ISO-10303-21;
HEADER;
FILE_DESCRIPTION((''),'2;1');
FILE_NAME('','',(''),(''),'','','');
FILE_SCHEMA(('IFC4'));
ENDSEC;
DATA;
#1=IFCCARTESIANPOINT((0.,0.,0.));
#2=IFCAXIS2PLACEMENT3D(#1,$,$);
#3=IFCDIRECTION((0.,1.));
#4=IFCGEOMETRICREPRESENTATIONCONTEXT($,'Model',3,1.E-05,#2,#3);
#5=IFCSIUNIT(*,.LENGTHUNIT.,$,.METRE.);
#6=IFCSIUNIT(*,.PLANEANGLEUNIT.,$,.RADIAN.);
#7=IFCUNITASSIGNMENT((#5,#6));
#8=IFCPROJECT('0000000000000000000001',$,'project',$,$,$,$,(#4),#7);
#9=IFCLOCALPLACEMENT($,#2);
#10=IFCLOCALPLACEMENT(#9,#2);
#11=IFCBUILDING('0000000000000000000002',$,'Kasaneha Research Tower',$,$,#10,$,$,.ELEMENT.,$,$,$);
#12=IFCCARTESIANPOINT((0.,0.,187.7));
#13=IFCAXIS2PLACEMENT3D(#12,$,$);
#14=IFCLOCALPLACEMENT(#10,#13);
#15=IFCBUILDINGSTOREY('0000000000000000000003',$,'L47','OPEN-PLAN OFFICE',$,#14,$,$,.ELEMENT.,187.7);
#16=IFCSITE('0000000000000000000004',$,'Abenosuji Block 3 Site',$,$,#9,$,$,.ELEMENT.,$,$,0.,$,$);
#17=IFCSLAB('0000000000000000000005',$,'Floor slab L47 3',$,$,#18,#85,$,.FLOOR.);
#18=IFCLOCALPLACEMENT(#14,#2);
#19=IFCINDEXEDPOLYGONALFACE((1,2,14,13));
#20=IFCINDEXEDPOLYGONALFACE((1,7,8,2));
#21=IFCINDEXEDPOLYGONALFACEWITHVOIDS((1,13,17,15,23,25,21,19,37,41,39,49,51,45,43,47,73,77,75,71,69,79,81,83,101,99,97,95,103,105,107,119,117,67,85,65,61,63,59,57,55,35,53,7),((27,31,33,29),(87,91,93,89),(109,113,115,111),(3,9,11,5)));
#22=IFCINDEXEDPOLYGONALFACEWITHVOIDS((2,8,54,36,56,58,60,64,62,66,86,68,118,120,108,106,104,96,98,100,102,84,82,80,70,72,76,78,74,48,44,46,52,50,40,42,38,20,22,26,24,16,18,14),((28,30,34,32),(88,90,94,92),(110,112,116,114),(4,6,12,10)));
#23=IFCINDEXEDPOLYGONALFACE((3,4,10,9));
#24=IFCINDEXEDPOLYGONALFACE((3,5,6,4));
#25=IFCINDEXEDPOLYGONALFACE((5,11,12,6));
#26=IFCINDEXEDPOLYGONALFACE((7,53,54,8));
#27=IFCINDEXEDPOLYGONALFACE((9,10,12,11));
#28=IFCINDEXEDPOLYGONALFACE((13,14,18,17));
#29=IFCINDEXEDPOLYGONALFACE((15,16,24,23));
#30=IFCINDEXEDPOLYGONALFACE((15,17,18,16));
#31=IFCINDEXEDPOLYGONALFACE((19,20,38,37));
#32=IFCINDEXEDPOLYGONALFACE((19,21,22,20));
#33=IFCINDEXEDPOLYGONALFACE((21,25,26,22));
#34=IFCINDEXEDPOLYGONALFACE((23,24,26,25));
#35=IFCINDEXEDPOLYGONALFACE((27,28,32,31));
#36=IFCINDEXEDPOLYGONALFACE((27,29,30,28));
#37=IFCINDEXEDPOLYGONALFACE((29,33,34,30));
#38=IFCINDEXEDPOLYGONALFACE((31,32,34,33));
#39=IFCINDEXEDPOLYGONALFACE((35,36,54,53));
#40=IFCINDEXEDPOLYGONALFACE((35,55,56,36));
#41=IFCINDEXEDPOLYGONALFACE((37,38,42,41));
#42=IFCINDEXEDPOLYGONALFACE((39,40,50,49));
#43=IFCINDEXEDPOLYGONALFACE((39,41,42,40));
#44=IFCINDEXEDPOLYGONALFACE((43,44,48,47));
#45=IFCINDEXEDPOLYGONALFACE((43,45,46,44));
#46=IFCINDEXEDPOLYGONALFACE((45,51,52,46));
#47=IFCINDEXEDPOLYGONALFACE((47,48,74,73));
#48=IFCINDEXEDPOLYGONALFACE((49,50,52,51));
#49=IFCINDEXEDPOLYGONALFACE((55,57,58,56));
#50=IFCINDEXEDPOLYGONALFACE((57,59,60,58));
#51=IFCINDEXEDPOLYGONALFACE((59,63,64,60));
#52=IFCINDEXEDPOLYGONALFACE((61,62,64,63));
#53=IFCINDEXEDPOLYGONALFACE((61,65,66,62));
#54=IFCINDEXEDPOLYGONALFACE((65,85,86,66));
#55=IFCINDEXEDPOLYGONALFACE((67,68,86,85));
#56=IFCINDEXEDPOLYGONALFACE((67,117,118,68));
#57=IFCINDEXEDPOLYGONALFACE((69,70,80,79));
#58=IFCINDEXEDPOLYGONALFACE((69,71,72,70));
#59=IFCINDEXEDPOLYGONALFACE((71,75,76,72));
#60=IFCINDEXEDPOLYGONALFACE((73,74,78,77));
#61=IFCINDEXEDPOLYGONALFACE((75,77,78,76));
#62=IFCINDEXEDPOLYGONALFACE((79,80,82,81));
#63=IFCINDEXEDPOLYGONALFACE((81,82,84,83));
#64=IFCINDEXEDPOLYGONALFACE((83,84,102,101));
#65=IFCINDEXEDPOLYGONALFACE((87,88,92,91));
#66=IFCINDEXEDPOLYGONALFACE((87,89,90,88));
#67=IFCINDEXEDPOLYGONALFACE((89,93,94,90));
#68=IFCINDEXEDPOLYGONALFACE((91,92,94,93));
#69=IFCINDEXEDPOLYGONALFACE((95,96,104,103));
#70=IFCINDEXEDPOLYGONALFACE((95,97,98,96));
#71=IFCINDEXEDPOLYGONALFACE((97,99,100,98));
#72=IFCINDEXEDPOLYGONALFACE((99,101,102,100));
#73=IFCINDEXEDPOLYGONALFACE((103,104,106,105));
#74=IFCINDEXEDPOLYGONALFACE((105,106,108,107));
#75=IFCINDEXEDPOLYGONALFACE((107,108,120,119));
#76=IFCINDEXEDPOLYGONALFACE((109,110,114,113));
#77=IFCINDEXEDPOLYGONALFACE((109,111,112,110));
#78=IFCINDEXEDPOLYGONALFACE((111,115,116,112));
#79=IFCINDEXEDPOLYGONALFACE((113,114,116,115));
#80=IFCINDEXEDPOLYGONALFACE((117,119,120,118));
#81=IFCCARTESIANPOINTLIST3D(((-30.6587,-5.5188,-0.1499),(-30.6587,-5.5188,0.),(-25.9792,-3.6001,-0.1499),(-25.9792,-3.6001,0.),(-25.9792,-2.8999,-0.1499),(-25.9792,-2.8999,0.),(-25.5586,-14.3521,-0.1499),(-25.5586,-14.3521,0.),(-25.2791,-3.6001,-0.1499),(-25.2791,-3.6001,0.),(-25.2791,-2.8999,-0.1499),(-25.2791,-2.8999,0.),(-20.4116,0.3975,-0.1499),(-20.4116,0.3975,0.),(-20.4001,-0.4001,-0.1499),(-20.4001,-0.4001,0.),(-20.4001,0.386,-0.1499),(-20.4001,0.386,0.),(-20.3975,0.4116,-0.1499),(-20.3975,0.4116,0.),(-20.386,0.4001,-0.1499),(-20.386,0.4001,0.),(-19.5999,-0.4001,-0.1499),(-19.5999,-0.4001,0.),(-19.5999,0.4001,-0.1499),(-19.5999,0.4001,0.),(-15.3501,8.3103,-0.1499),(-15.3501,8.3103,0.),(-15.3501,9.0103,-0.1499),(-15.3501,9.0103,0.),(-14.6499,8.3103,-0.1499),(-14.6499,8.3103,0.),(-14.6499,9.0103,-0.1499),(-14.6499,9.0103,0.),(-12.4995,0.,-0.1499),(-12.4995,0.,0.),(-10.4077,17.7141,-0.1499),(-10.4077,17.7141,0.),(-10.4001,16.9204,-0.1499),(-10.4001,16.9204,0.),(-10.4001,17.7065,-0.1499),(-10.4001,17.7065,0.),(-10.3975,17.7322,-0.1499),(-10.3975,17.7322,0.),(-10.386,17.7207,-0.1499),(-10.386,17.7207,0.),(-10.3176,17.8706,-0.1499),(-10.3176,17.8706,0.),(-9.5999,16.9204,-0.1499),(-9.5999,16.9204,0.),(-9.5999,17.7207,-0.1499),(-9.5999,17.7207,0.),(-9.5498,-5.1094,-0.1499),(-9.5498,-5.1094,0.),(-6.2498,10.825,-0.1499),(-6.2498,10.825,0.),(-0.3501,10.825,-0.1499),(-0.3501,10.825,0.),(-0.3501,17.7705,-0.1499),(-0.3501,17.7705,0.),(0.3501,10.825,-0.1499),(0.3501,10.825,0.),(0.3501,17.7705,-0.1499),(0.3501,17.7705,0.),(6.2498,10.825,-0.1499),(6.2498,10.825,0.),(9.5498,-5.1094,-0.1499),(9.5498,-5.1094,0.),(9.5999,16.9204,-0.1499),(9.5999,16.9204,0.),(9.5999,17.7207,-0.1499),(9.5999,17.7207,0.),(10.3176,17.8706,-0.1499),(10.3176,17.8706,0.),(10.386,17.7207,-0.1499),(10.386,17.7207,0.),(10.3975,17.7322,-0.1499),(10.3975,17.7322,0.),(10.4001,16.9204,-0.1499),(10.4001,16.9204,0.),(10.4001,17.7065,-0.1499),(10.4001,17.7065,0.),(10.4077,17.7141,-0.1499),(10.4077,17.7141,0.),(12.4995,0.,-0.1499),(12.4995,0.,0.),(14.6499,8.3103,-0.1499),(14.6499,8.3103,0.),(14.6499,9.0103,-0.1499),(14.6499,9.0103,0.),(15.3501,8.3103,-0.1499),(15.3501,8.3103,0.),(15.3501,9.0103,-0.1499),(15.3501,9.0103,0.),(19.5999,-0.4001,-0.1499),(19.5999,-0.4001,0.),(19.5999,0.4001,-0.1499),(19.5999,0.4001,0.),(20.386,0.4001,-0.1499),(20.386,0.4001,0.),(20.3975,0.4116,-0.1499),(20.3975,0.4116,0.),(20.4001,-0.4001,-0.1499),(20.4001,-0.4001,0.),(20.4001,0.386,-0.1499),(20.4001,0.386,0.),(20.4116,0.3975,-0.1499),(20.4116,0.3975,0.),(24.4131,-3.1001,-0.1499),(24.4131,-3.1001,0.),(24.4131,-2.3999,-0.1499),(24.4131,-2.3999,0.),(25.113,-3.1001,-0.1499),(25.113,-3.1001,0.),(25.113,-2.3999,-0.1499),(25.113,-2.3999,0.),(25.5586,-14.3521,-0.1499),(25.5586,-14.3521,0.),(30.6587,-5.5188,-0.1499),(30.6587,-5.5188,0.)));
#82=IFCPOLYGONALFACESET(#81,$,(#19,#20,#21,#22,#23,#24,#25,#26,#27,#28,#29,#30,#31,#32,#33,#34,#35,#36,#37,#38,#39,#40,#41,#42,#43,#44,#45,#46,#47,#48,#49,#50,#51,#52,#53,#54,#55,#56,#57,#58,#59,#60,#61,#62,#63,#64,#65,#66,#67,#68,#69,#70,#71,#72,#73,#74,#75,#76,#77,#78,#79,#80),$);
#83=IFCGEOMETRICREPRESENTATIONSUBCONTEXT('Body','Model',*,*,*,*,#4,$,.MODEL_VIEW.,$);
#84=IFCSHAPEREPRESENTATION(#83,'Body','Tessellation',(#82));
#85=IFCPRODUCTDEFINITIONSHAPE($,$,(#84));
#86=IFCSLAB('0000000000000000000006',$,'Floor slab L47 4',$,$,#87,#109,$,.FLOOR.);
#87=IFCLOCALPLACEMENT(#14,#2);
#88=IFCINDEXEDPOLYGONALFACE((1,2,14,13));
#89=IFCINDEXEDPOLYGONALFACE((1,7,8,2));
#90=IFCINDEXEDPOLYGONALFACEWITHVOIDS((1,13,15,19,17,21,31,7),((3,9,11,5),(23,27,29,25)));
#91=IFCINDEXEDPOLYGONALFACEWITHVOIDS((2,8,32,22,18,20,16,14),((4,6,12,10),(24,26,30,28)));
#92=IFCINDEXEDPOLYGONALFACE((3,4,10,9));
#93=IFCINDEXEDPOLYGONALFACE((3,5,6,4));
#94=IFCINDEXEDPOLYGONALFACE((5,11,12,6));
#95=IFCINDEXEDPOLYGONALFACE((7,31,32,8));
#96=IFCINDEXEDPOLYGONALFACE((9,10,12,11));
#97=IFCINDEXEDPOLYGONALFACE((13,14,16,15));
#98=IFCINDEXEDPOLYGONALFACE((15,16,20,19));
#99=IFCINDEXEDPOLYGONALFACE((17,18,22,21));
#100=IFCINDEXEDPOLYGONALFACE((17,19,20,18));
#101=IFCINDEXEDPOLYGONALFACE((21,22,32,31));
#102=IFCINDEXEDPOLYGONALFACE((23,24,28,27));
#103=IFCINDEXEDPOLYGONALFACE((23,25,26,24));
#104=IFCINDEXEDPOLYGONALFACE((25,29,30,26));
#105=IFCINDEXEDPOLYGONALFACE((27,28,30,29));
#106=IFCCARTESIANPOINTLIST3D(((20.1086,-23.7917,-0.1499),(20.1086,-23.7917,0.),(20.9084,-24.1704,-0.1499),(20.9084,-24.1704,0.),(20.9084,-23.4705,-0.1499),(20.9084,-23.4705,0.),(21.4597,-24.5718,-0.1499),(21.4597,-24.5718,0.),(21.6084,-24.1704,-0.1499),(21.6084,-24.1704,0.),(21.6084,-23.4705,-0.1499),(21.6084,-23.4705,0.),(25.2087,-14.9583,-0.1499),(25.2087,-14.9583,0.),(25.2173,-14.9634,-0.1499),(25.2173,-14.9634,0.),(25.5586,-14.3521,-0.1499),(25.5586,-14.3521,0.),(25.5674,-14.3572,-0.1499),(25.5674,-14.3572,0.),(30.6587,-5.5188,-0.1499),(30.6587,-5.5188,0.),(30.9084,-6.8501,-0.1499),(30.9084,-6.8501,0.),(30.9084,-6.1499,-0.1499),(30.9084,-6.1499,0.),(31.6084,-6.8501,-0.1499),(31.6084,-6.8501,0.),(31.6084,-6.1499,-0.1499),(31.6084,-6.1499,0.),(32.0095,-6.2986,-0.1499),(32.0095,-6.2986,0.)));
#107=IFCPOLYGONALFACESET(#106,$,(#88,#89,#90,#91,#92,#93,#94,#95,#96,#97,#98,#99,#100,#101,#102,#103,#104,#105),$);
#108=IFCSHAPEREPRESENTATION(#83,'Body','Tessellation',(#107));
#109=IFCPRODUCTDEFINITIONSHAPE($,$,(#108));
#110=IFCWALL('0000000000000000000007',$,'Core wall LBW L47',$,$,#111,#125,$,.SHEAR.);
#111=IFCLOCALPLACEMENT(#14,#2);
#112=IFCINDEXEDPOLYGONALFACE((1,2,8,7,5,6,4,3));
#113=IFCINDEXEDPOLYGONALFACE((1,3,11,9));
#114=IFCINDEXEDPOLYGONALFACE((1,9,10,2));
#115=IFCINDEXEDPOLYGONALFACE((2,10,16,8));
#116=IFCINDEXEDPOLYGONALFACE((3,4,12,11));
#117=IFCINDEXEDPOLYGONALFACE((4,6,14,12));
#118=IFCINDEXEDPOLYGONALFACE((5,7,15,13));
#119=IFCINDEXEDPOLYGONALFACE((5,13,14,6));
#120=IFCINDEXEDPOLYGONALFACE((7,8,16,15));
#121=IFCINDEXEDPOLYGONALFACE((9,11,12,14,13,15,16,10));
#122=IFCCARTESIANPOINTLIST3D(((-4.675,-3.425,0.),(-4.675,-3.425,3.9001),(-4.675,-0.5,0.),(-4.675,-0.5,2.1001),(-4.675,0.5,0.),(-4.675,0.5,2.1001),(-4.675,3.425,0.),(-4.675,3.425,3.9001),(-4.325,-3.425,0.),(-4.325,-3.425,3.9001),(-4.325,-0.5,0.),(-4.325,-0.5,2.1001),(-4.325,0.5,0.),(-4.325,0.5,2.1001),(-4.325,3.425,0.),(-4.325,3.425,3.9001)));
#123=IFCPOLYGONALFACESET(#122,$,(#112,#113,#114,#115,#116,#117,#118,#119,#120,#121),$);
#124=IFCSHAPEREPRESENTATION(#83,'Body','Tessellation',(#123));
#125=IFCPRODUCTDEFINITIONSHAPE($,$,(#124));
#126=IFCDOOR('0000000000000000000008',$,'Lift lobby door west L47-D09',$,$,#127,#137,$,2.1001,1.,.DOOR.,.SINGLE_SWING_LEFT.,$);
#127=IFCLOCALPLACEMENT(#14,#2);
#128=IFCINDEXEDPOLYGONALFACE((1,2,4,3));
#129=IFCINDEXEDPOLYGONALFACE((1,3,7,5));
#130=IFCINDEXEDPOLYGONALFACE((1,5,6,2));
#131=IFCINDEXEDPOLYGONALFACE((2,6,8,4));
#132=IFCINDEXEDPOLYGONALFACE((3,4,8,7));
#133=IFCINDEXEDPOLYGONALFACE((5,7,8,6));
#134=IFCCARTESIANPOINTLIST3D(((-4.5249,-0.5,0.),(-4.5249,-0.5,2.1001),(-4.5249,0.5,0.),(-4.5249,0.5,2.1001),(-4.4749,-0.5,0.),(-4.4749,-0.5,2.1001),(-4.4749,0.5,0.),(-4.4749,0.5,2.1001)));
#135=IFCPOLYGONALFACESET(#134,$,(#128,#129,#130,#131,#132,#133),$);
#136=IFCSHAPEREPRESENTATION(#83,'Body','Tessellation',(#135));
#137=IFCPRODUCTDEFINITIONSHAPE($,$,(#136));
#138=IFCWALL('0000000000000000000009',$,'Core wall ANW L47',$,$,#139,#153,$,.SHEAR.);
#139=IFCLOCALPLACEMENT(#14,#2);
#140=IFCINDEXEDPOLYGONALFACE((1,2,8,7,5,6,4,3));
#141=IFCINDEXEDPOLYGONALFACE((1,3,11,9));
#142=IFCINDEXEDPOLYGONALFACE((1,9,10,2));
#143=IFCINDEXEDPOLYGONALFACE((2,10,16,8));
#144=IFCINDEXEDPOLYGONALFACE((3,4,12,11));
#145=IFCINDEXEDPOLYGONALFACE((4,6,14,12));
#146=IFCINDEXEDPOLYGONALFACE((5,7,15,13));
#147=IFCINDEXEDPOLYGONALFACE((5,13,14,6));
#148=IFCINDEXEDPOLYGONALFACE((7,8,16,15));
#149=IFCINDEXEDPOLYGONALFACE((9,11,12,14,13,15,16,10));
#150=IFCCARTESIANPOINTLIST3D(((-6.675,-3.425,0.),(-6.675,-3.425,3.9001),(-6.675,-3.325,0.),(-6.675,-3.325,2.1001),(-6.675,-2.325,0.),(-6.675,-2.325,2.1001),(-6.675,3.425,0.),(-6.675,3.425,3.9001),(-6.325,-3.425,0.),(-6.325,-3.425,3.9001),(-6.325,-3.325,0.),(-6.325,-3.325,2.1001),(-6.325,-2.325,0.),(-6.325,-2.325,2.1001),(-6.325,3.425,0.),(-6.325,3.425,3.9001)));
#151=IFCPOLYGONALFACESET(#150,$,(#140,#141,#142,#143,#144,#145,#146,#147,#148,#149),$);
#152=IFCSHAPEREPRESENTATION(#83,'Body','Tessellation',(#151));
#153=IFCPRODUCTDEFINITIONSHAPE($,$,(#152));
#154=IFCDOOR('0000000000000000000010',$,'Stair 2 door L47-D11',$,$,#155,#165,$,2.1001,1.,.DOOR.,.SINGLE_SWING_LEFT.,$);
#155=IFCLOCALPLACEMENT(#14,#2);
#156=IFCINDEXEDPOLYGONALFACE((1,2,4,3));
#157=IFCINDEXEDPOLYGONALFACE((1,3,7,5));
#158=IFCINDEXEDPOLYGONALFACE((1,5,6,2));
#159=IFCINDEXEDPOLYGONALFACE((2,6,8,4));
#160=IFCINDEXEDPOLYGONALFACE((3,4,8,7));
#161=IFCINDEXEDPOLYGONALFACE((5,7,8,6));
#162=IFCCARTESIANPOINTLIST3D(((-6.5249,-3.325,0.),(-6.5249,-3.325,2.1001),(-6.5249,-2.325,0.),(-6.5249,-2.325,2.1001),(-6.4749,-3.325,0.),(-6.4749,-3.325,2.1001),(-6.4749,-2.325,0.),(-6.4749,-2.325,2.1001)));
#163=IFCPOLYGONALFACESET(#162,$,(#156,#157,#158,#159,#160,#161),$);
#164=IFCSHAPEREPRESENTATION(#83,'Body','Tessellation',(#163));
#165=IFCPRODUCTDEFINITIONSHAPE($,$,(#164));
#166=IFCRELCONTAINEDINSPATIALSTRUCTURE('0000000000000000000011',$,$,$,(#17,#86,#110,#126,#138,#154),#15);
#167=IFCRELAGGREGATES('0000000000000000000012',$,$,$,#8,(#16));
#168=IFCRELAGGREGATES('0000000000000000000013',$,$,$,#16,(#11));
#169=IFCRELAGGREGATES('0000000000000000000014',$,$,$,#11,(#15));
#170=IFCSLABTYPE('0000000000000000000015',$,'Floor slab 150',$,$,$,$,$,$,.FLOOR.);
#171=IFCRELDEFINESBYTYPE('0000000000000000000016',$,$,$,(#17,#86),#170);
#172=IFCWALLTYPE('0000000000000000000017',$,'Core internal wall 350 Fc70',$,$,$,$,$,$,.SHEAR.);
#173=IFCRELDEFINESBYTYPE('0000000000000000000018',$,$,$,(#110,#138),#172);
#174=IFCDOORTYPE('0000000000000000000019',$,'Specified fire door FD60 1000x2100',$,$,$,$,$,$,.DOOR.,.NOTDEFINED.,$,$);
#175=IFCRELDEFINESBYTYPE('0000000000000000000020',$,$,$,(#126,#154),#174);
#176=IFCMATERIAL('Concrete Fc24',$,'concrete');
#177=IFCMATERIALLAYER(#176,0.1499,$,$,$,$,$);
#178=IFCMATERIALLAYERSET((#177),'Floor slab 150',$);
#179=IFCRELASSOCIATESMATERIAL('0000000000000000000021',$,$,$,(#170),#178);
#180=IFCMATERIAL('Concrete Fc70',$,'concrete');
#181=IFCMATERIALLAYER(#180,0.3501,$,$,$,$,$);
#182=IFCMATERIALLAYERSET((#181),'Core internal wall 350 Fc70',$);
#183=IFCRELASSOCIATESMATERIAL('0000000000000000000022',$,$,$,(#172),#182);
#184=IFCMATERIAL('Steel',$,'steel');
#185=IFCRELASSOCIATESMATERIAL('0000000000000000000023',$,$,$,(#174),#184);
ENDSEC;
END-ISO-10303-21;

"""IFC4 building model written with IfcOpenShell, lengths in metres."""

from ifc_helpers import new_model, si_unit, direction, frame, frame_2d, origin, place, context, subcontext, project, spatial, polyline, rectangle, outline, extrude, material, layer, layer_set, type_object, element, fill, save


model = new_model("IFC4")

# Units and contexts
model_context = context("Model", 3, precision=1e-05, world=origin(), true_north=direction((0.0, 1.0)))
body_context = subcontext(model_context, "Body", "Model", "MODEL_VIEW")
ifc_project = project(units=[si_unit("LENGTHUNIT", "METRE"), si_unit("PLANEANGLEUNIT", "RADIAN")], contexts=[model_context])

# Site, building, storey
site_placement = place(None, origin())
site = spatial("IfcSite", under=ifc_project, at=site_placement, Name="Abenosuji Block 3 Site", CompositionType="ELEMENT", RefElevation=0.0)
building_placement = place(site_placement, origin())
building = spatial("IfcBuilding", under=site, at=building_placement, Name="Kasaneha Research Tower", CompositionType="ELEMENT")
storey_placement = place(building_placement, frame((0.0, 0.0, 187.7)))
storey = spatial("IfcBuildingStorey", under=building, at=storey_placement, Name="L47", Description="OPEN-PLAN OFFICE", CompositionType="ELEMENT", Elevation=187.7)

# Slabs
ifc_material_1 = material(Name="Concrete Fc24", Category="concrete")
ifc_layer_1 = layer(ifc_material_1, 0.1499)
ifc_layer_set_1 = layer_set([ifc_layer_1], Name="Floor slab 150")
slab_type_1 = type_object("IfcSlabType", Name="Floor slab 150", PredefinedType="FLOOR", material=ifc_layer_set_1)
slab_1_placement = place(storey_placement, frame((0.0, 0.0, -0.1499)))
element("IfcSlab", 1, at=slab_1_placement, inside=storey, type_object=slab_type_1, Name="Floor slab L47 3", PredefinedType="FLOOR", context=body_context, shape_type="SweptSolid", body=[
    extrude(outline(polyline([(-20.4001, -0.4001), (-19.5999, -0.4001), (-19.5999, 0.4001), (-20.386, 0.4001), (-20.3975, 0.4116), (-10.4077, 17.7141), (-10.4001, 17.7065), (-10.4001, 16.9204), (-9.5999, 16.9204), (-9.5999, 17.7207), (-10.386, 17.7207), (-10.3975, 17.7322), (-10.3176, 17.8706), (10.3176, 17.8706), (10.3975, 17.7322), (10.386, 17.7207), (9.5999, 17.7207), (9.5999, 16.9204), (10.4001, 16.9204), (10.4001, 17.7065), (10.4077, 17.7141), (20.3975, 0.4116), (20.386, 0.4001), (19.5999, 0.4001), (19.5999, -0.4001), (20.4001, -0.4001), (20.4001, 0.386), (20.4116, 0.3975), (30.6587, -5.5188), (25.5586, -14.3521), (9.5498, -5.1094), (12.4995, 0.0), (6.2498, 10.825), (0.3501, 10.825), (0.3501, 17.7705), (-0.3501, 17.7705), (-0.3501, 10.825), (-6.2498, 10.825), (-12.4995, 0.0), (-9.5498, -5.1094), (-25.5586, -14.3521), (-30.6587, -5.5188), (-20.4116, 0.3975), (-20.4001, 0.386), (-20.4001, -0.4001)]), holes=[polyline([(-25.2791, -3.6001), (-25.2791, -2.8999), (-25.9792, -2.8999), (-25.9792, -3.6001), (-25.2791, -3.6001)]), polyline([(-15.3501, 8.3103), (-14.6499, 8.3103), (-14.6499, 9.0103), (-15.3501, 9.0103), (-15.3501, 8.3103)]), polyline([(24.4131, -3.1001), (25.113, -3.1001), (25.113, -2.3999), (24.4131, -2.3999), (24.4131, -3.1001)]), polyline([(14.6499, 8.3103), (15.3501, 8.3103), (15.3501, 9.0103), (14.6499, 9.0103), (14.6499, 8.3103)])]), origin(), (0.0, 0.0, 1.0), 0.1499),
])
slab_2_placement = place(storey_placement, frame((0.0, 0.0, -0.1499)))
element("IfcSlab", 2, at=slab_2_placement, inside=storey, type_object=slab_type_1, Name="Floor slab L47 4", PredefinedType="FLOOR", context=body_context, shape_type="SweptSolid", body=[
    extrude(outline(polyline([(32.0095, -6.2986), (21.4597, -24.5718), (20.1086, -23.7917), (25.2087, -14.9583), (25.2173, -14.9634), (25.5674, -14.3572), (25.5586, -14.3521), (30.6587, -5.5188), (32.0095, -6.2986)]), holes=[polyline([(21.6084, -24.1704), (21.6084, -23.4705), (20.9084, -23.4705), (20.9084, -24.1704), (21.6084, -24.1704)]), polyline([(31.6084, -6.8501), (31.6084, -6.1499), (30.9084, -6.1499), (30.9084, -6.8501), (31.6084, -6.8501)])]), origin(), (0.0, 0.0, 1.0), 0.1499),
])

# Shared definitions
ifc_material_2 = material(Name="Concrete Fc70", Category="concrete")
ifc_layer_2 = layer(ifc_material_2, 0.3501)
ifc_layer_set_2 = layer_set([ifc_layer_2], Name="Core internal wall 350 Fc70")
wall_type = type_object("IfcWallType", Name="Core internal wall 350 Fc70", PredefinedType="SHEAR", material=ifc_layer_set_2)

# Walls, openings, doors
wall_1_placement = place(storey_placement, frame((-4.5, -3.425, 0.0), z_axis=(0.0, 0.0, 1.0), x_axis=(0.0, 1.0, 0.0)))
wall_1 = element("IfcWall", 3, at=wall_1_placement, inside=storey, type_object=wall_type, Name="Core wall LBW L47", PredefinedType="SHEAR", context=body_context, shape_type="SweptSolid", body=[
    extrude(rectangle(XDim=6.8501, YDim=0.3501, at=frame_2d((3.425, 0.0))), origin(), (0.0, 0.0, 1.0), 3.9001),
])
opening_1_placement = place(wall_1_placement, frame((2.925, 0.0, 0.0)))
opening_1 = element("IfcOpeningElement", 4, at=opening_1_placement, cuts=wall_1, PredefinedType="OPENING", context=body_context, shape_type="SweptSolid", body=[
    extrude(rectangle(XDim=1.0, YDim=2.1001, at=frame_2d((0.5, 1.05))), frame((0.0, 0.1851, 0.0), z_axis=(0.0, -1.0, 0.0), x_axis=(1.0, 0.0, 0.0)), (0.0, 0.0, 1.0), 0.3701),
])
ifc_material_3 = material(Name="Steel", Category="steel")
door_type_1 = type_object("IfcDoorType", Name="Specified fire door FD60 1000x2100", OperationType="NOTDEFINED", PredefinedType="DOOR", material=ifc_material_3)
door_1_placement = place(opening_1_placement, origin())
door_1 = element("IfcDoor", 5, at=door_1_placement, inside=storey, type_object=door_type_1, Name="Lift lobby door west L47-D09", OperationType="SINGLE_SWING_LEFT", OverallHeight=2.1001, OverallWidth=1.0, PredefinedType="DOOR", context=body_context, shape_type="SweptSolid", body=[
    extrude(rectangle(XDim=1.0, YDim=2.1001, at=frame_2d((0.5, 1.05))), frame((0.0, 0.0249, 0.0), z_axis=(0.0, -1.0, 0.0), x_axis=(1.0, 0.0, 0.0)), (0.0, 0.0, 1.0), 0.05),
])
fill(opening_1, door_1)
wall_2_placement = place(storey_placement, frame((-6.5, -3.425, 0.0), z_axis=(0.0, 0.0, 1.0), x_axis=(0.0, 1.0, 0.0)))
wall_2 = element("IfcWall", 6, at=wall_2_placement, inside=storey, type_object=wall_type, Name="Core wall ANW L47", PredefinedType="SHEAR", context=body_context, shape_type="SweptSolid", body=[
    extrude(rectangle(XDim=6.8501, YDim=0.3501, at=frame_2d((3.425, 0.0))), origin(), (0.0, 0.0, 1.0), 3.9001),
])
opening_2_placement = place(wall_2_placement, frame((0.1001, 0.0, 0.0)))
opening_2 = element("IfcOpeningElement", 7, at=opening_2_placement, cuts=wall_2, PredefinedType="OPENING", context=body_context, shape_type="SweptSolid", body=[
    extrude(rectangle(XDim=1.0, YDim=2.1001, at=frame_2d((0.5, 1.05))), frame((0.0, 0.1851, 0.0), z_axis=(0.0, -1.0, 0.0), x_axis=(1.0, 0.0, 0.0)), (0.0, 0.0, 1.0), 0.3701),
])
door_2_placement = place(opening_2_placement, origin())
door_2 = element("IfcDoor", 8, at=door_2_placement, inside=storey, type_object=door_type_1, Name="Stair 2 door L47-D11", OperationType="SINGLE_SWING_LEFT", OverallHeight=2.1001, OverallWidth=1.0, PredefinedType="DOOR", context=body_context, shape_type="SweptSolid", body=[
    extrude(rectangle(XDim=1.0, YDim=2.1001, at=frame_2d((0.5, 1.05))), frame((0.0, 0.0249, 0.0), z_axis=(0.0, -1.0, 0.0), x_axis=(1.0, 0.0, 0.0)), (0.0, 0.0, 1.0), 0.05),
])
fill(opening_2, door_2)

save(model, "model.ifc")
